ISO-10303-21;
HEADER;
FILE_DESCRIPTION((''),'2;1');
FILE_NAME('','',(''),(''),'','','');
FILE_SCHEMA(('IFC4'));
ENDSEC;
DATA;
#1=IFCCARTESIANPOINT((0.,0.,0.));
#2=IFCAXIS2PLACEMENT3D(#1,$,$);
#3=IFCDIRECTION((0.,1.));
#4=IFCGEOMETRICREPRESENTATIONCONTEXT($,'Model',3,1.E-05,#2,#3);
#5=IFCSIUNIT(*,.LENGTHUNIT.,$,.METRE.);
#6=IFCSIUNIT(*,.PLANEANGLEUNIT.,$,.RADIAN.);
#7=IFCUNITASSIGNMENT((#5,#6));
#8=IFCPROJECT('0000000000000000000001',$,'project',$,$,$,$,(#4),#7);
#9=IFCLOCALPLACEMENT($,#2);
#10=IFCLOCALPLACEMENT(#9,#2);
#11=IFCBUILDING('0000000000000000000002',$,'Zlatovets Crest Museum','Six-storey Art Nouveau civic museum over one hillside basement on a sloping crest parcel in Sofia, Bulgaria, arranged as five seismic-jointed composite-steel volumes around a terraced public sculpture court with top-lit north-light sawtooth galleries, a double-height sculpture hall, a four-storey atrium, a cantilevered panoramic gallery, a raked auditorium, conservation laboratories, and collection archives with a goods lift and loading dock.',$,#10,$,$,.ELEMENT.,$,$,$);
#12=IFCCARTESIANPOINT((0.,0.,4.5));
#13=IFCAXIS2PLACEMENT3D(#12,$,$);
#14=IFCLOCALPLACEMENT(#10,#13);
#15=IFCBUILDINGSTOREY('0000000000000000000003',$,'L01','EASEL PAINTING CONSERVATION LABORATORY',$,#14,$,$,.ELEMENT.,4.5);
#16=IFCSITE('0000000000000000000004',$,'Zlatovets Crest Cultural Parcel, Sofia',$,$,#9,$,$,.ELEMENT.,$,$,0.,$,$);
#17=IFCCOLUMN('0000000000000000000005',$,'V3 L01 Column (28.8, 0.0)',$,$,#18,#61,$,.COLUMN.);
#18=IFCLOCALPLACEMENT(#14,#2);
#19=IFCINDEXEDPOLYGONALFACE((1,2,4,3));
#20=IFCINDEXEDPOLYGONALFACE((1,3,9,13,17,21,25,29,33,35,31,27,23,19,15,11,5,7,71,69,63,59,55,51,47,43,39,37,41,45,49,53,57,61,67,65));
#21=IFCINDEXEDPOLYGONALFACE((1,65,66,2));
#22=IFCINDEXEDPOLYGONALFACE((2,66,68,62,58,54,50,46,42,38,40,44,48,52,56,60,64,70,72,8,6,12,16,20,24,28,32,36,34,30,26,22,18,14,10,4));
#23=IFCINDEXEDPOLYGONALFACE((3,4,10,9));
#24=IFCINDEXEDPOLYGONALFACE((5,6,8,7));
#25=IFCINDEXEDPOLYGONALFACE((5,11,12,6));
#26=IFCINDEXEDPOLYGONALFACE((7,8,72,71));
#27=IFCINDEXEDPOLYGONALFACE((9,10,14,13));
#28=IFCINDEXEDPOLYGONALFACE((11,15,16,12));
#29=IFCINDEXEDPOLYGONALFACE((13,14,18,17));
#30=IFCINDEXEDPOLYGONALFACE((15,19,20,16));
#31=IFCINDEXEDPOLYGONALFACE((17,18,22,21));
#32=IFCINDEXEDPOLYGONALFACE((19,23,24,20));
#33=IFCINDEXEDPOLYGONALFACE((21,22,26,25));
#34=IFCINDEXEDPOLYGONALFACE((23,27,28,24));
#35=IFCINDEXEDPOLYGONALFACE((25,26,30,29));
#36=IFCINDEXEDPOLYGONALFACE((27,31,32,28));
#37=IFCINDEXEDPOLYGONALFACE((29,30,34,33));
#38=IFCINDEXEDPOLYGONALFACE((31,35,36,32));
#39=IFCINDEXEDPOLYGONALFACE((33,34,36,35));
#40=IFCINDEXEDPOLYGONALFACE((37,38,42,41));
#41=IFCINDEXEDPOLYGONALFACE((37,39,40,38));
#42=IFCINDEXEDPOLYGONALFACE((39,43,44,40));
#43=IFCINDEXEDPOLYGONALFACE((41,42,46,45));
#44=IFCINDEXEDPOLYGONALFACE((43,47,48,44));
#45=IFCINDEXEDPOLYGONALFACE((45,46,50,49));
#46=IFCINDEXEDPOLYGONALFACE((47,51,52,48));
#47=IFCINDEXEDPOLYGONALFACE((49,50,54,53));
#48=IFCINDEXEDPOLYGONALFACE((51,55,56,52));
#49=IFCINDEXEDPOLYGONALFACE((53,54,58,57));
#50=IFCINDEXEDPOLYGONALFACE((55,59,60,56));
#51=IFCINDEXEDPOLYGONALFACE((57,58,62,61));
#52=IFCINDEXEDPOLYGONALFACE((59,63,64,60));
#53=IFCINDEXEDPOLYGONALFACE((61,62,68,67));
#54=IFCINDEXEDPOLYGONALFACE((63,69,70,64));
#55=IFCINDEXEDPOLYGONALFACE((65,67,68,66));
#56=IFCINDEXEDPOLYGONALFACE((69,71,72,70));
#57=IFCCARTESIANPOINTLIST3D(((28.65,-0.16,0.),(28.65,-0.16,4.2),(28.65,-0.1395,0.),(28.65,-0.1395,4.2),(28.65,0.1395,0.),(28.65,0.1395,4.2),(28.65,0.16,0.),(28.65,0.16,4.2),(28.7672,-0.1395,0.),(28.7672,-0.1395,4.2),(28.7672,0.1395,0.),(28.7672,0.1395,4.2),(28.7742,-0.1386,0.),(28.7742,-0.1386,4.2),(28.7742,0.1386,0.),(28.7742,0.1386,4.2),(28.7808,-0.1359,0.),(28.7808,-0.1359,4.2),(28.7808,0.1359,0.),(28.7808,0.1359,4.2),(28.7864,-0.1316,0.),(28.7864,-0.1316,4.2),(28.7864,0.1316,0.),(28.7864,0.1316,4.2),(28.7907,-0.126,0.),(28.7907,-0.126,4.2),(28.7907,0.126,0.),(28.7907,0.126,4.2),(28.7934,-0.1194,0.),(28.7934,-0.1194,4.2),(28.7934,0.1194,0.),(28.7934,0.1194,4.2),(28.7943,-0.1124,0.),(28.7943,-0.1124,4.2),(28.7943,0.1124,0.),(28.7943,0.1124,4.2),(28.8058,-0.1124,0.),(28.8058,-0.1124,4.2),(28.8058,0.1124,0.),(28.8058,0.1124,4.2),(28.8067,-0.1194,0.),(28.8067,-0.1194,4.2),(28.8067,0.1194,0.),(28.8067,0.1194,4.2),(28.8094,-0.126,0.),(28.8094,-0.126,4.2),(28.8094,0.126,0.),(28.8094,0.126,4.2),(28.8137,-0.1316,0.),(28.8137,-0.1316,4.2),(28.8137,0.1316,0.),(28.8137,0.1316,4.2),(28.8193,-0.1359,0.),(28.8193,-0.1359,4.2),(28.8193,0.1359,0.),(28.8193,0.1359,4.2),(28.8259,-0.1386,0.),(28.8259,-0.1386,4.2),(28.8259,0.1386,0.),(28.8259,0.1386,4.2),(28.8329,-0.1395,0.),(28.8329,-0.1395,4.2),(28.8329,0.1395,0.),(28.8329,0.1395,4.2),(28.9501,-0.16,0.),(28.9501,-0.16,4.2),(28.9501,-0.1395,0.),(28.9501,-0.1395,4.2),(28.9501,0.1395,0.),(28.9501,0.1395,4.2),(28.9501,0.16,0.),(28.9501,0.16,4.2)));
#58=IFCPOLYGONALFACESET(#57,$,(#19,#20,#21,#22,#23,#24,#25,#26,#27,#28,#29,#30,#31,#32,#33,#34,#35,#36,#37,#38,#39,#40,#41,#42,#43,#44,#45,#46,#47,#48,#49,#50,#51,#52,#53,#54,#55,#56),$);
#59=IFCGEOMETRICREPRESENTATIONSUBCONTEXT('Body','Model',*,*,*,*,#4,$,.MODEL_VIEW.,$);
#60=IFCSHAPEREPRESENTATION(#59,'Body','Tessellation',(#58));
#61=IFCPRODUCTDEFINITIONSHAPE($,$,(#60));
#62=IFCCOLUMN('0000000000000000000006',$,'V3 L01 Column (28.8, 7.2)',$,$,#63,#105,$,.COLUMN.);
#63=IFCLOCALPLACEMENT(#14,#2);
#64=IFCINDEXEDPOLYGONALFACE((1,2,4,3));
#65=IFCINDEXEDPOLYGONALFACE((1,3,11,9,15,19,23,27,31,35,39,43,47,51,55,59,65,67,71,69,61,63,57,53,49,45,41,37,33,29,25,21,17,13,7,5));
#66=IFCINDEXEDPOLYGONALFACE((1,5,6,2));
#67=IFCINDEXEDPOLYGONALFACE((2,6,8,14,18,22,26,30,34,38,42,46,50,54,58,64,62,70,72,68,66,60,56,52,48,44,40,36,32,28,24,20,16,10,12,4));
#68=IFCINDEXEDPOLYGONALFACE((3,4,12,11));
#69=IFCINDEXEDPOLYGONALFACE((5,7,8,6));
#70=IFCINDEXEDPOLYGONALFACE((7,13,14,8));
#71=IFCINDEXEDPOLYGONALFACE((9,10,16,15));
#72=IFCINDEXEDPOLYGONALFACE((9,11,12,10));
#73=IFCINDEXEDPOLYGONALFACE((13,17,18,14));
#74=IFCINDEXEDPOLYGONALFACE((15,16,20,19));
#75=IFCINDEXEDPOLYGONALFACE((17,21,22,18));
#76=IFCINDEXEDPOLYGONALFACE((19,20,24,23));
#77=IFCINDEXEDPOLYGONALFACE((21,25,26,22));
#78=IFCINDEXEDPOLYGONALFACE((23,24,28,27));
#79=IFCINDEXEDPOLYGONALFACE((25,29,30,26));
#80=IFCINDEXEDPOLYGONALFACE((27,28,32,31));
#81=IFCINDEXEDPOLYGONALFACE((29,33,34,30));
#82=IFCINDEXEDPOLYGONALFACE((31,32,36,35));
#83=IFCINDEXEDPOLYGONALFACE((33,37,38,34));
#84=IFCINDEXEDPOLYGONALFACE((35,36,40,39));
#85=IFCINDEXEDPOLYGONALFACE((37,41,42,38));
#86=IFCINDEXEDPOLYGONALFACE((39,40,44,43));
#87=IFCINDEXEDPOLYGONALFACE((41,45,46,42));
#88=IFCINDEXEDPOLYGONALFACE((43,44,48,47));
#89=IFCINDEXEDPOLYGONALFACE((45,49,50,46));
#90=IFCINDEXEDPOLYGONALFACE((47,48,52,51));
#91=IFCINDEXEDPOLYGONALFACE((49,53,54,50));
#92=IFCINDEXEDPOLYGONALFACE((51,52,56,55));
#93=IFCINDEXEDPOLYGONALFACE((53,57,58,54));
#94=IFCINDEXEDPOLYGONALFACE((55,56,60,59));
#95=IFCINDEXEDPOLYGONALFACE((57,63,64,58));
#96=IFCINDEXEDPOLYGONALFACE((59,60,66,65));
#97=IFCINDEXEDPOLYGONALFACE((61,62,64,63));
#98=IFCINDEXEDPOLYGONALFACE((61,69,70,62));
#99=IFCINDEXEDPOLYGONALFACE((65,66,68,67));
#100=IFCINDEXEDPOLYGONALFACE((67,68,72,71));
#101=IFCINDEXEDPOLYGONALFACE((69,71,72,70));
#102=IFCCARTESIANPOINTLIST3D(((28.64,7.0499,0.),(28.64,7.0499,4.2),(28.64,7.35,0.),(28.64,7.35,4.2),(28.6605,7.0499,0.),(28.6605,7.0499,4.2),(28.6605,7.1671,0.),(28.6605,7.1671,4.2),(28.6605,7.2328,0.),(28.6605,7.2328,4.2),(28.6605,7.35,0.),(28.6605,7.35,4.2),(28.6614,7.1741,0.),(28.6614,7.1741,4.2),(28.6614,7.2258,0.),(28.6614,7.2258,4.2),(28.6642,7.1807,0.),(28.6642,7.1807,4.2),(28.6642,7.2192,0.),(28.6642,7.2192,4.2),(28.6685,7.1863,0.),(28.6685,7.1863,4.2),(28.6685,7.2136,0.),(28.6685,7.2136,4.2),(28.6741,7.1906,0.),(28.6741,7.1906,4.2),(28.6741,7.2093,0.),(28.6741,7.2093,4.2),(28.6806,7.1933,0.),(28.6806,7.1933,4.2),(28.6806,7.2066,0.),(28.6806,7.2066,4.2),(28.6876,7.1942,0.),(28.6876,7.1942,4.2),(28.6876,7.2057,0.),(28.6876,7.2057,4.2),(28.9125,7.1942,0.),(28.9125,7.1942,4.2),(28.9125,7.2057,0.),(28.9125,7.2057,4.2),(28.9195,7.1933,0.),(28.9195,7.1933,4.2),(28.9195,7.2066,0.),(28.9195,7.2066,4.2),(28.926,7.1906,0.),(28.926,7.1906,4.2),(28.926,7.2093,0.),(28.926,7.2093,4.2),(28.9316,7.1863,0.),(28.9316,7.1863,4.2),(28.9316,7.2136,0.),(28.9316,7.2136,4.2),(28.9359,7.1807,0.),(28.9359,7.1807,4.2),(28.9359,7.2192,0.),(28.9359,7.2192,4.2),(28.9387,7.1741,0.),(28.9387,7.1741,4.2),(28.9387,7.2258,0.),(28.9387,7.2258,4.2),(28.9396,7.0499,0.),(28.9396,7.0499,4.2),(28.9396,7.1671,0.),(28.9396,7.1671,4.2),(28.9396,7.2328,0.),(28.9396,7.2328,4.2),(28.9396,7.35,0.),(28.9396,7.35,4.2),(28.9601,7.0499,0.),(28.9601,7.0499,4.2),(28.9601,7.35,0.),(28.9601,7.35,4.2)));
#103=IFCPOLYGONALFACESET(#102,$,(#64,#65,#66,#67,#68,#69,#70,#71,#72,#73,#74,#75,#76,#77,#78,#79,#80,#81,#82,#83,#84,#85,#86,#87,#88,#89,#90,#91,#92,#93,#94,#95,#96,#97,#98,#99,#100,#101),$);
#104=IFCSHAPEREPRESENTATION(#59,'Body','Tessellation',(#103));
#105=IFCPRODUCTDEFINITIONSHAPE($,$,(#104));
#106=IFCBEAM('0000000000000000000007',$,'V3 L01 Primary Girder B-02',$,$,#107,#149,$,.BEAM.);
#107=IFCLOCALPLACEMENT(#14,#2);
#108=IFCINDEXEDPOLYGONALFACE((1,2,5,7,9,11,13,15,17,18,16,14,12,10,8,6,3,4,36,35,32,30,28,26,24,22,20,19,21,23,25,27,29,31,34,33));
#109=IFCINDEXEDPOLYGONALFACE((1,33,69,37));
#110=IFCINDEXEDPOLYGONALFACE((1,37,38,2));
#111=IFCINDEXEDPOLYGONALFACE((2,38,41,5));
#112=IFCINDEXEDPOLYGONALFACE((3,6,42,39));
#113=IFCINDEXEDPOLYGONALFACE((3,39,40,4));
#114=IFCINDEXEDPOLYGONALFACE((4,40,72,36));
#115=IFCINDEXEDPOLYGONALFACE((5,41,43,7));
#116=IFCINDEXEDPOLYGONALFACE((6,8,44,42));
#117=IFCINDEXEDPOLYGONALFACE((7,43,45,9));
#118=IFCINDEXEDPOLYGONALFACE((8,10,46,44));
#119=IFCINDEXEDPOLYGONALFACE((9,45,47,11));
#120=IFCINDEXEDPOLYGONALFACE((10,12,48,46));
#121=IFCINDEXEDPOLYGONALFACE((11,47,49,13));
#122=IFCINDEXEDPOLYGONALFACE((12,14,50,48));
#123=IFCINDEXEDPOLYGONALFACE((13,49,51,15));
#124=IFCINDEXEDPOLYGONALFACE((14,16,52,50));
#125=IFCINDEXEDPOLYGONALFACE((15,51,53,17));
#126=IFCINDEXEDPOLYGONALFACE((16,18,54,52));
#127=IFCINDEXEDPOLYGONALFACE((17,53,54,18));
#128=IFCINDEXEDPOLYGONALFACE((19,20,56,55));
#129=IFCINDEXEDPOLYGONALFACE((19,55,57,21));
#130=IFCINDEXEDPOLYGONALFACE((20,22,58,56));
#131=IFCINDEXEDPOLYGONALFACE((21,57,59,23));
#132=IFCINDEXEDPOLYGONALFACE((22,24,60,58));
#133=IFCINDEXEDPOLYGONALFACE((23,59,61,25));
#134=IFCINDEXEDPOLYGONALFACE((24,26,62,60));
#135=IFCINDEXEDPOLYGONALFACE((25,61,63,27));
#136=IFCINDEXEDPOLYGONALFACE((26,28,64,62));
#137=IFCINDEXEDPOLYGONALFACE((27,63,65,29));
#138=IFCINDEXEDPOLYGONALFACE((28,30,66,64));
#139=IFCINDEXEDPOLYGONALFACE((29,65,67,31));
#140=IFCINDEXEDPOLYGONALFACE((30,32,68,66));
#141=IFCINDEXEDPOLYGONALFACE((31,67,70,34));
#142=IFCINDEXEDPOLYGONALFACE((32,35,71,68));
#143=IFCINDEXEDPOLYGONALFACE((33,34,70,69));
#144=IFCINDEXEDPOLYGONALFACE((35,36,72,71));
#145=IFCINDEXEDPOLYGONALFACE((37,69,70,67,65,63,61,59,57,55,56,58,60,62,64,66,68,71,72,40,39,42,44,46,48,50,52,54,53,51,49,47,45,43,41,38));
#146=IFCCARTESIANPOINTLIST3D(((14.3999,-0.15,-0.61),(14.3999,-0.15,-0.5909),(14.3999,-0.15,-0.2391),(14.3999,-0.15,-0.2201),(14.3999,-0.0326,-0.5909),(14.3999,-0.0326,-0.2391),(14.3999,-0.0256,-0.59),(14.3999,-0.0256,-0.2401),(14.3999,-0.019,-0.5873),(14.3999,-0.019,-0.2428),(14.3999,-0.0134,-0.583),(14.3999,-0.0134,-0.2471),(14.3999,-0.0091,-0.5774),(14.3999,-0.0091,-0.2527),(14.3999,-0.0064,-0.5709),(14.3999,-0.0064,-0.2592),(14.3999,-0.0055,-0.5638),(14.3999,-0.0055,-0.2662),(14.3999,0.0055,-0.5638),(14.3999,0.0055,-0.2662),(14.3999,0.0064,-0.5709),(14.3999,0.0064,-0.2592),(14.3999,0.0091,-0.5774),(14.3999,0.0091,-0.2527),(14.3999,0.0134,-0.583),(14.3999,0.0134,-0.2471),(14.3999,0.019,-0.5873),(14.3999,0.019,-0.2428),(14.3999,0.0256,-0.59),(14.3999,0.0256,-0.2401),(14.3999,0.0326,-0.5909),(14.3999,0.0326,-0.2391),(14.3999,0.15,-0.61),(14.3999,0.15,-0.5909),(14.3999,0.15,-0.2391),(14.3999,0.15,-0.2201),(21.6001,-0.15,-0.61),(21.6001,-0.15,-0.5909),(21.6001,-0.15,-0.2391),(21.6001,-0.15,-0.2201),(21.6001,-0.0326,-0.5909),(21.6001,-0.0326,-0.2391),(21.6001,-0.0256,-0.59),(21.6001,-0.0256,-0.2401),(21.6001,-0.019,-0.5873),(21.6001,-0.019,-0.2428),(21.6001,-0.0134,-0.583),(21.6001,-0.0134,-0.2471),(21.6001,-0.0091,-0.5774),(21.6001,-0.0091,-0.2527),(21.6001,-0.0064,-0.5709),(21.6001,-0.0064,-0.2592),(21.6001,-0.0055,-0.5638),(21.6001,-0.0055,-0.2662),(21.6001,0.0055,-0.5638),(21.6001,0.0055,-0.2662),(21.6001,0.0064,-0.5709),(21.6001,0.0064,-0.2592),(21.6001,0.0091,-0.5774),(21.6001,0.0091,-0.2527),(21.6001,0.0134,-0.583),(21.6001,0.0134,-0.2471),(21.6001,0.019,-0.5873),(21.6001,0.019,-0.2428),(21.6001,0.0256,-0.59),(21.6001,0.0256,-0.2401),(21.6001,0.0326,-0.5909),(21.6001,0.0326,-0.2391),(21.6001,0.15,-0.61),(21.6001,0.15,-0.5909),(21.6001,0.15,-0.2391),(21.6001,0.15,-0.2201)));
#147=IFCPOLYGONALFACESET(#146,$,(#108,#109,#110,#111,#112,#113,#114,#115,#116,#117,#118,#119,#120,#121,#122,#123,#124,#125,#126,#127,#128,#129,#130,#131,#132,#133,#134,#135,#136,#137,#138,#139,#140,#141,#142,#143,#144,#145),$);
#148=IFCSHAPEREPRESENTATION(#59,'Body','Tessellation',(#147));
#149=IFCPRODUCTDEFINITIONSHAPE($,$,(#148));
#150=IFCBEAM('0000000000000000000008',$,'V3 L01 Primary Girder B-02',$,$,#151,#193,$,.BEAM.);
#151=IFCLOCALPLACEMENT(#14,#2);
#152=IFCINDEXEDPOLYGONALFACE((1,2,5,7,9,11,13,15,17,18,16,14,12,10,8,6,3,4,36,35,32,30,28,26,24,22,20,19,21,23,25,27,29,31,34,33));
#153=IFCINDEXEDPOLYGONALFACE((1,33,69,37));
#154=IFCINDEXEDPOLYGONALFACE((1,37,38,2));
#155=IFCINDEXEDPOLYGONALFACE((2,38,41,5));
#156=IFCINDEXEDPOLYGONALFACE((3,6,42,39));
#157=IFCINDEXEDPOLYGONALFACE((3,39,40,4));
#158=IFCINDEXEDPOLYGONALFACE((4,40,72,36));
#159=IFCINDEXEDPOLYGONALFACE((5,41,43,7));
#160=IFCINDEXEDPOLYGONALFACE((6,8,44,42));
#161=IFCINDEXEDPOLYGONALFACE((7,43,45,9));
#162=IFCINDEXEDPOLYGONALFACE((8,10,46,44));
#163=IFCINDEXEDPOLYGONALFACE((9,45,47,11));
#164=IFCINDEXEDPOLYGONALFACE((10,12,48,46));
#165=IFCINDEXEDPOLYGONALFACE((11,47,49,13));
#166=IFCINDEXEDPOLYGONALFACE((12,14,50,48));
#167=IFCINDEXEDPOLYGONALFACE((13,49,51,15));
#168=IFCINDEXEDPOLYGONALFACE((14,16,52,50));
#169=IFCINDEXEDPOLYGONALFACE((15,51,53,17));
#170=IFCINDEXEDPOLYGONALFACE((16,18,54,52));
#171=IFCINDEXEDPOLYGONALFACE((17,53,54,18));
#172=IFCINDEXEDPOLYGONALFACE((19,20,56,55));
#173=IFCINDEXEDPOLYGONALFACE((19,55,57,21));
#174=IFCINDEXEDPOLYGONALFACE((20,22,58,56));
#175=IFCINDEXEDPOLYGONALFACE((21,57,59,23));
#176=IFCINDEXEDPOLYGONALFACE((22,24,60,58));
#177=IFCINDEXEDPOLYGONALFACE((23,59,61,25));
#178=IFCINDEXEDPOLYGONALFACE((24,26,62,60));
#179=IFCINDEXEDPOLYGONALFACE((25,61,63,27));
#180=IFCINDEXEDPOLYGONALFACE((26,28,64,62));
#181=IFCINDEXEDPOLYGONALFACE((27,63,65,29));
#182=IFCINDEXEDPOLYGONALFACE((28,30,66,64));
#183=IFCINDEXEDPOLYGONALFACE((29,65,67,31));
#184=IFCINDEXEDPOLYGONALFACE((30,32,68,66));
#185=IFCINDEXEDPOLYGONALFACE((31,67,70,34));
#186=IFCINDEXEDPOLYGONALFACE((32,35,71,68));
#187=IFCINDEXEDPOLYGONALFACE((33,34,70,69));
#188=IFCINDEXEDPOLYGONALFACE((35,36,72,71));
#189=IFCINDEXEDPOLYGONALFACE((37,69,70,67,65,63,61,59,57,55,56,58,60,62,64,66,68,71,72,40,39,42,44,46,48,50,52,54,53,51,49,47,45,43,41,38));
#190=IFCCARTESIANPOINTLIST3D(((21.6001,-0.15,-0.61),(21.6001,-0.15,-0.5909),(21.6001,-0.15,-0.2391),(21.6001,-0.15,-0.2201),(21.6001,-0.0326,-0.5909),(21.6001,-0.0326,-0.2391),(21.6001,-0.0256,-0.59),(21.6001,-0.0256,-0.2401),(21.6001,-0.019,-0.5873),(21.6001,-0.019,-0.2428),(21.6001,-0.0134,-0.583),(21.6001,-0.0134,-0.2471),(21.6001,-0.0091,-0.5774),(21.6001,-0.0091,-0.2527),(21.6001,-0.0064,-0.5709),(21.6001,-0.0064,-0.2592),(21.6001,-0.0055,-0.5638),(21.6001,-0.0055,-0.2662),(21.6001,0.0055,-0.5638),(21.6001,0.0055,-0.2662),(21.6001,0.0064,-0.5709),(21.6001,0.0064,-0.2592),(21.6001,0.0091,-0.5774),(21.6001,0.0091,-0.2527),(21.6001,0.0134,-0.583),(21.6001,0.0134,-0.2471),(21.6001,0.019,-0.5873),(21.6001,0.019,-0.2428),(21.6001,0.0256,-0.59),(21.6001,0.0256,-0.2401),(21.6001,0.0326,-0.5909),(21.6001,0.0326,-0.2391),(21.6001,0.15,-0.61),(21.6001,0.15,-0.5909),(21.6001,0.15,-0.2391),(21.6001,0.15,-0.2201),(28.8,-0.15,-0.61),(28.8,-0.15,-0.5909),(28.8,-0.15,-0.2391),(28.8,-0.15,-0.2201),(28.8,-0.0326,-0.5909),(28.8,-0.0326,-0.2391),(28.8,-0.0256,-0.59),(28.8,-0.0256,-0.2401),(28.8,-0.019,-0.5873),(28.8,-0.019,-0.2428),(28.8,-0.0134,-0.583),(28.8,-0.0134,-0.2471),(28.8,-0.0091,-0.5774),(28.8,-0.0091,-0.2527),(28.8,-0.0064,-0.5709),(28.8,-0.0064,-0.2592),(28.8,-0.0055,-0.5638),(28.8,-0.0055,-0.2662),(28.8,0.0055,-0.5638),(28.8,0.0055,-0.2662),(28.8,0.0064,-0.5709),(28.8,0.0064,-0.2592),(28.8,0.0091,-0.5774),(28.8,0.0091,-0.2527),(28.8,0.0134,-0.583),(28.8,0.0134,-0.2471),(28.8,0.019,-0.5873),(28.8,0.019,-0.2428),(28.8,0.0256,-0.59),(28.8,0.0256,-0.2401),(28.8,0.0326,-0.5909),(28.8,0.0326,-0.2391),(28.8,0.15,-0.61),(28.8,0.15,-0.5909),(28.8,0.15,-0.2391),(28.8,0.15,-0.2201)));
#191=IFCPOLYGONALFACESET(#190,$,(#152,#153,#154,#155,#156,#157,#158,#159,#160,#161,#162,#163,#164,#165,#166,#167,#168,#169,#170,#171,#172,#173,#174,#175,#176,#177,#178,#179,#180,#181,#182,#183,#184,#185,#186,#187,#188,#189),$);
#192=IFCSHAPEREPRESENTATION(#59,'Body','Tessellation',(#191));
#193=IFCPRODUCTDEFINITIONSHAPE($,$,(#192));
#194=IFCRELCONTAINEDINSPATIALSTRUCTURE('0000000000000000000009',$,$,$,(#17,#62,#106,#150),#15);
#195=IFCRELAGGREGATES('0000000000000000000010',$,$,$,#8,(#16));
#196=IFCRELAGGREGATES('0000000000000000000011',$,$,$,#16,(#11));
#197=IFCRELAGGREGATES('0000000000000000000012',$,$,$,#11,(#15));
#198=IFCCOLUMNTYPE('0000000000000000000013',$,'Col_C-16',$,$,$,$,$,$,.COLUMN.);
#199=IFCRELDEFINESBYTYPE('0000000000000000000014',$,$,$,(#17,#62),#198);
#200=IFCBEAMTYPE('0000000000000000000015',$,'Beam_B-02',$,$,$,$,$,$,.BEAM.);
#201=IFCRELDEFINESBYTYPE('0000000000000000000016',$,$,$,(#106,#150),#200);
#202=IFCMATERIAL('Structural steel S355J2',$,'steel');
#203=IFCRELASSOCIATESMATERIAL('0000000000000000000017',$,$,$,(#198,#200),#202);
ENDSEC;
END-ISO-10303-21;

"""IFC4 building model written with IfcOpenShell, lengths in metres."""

from ifc_helpers import new_model, si_unit, direction, frame, origin, origin_2d, place, context, subcontext, project, spatial, i_section, extrude, material, material_profile, profile_set, type_object, element, save


model = new_model("IFC4")

# Units and contexts
model_context = context("Model", 3, precision=1e-05, world=origin(), true_north=direction((0.0, 1.0)))
body_context = subcontext(model_context, "Body", "Model", "MODEL_VIEW")
ifc_project = project(units=[si_unit("LENGTHUNIT", "METRE"), si_unit("PLANEANGLEUNIT", "RADIAN")], contexts=[model_context])

# Site, building, storey
site_placement = place(None, origin())
site = spatial("IfcSite", under=ifc_project, at=site_placement, Name="Zlatovets Crest Cultural Parcel, Sofia", CompositionType="ELEMENT", RefElevation=0.0)
building_placement = place(site_placement, origin())
building = spatial("IfcBuilding", under=site, at=building_placement, Name="Zlatovets Crest Museum", Description="Six-storey Art Nouveau civic museum over one hillside basement on a sloping crest parcel in Sofia, Bulgaria, arranged as five seismic-jointed composite-steel volumes around a terraced public sculpture court with top-lit north-light sawtooth galleries, a double-height sculpture hall, a four-storey atrium, a cantilevered panoramic gallery, a raked auditorium, conservation laboratories, and collection archives with a goods lift and loading dock.", CompositionType="ELEMENT")
storey_placement = place(building_placement, frame((0.0, 0.0, 4.5)))
storey = spatial("IfcBuildingStorey", under=building, at=storey_placement, Name="L01", Description="EASEL PAINTING CONSERVATION LABORATORY", CompositionType="ELEMENT", Elevation=4.5)

# Columns
ifc_material_1 = material(Name="Structural steel S355J2", Category="steel")
ifc_material_profile_1 = material_profile(ifc_material_1, i_section(OverallWidth=0.3, OverallDepth=0.3201, WebThickness=0.0115, FlangeThickness=0.0205, FilletRadius=0.0271, at=origin_2d()), Name="HEB 320")
ifc_profile_set_1 = profile_set([ifc_material_profile_1], Name="Structural steel S355J2")
column_type = type_object("IfcColumnType", Name="Col_C-16", PredefinedType="COLUMN", material=ifc_profile_set_1)
for number, where, z_axis, x_axis, name in (
    (1, (28.8, 0.0, 0.0), (0.0, 0.0, 1.0), (1.0, 0.0, 0.0), "V3 L01 Column (28.8, 0.0)"),
    (2, (28.8, 7.2, 0.0), (0.0, 0.0, 1.0), (0.0, 1.0, 0.0), "V3 L01 Column (28.8, 7.2)"),
):
    element("IfcColumn", number, at=place(storey_placement, frame(where, z_axis=z_axis, x_axis=x_axis)), inside=storey, type_object=column_type, Name=name, PredefinedType="COLUMN", context=body_context, shape_type="SweptSolid", body=[
        extrude(i_section(OverallWidth=0.3, OverallDepth=0.3201, WebThickness=0.0115, FlangeThickness=0.0205, FilletRadius=0.0271, at=origin_2d()), origin(), (0.0, 0.0, 1.0), 4.2),
    ])

# Beams
ifc_material_profile_2 = material_profile(ifc_material_1, i_section(OverallWidth=0.3, OverallDepth=0.3899, WebThickness=0.011, FlangeThickness=0.019, FilletRadius=0.0271, at=origin_2d()), Name="HEA 400")
ifc_profile_set_2 = profile_set([ifc_material_profile_2], Name="Structural steel S355J2")
beam_type_1 = type_object("IfcBeamType", Name="Beam_B-02", PredefinedType="BEAM", material=ifc_profile_set_2)
beam_1_placement = place(storey_placement, frame((14.3999, 0.0, -0.415), z_axis=(1.0, 0.0, 0.0), x_axis=(0.0, 1.0, 0.0)))
element("IfcBeam", 3, at=beam_1_placement, inside=storey, type_object=beam_type_1, Name="V3 L01 Primary Girder B-02", PredefinedType="BEAM", context=body_context, shape_type="SweptSolid", body=[
    extrude(i_section(OverallWidth=0.3, OverallDepth=0.3899, WebThickness=0.011, FlangeThickness=0.019, FilletRadius=0.0271, at=origin_2d()), origin(), (0.0, 0.0, 1.0), 7.2002),
])
for number, where, z_axis, x_axis, name in (
    (4, (21.6001, 0.0, -0.415), (1.0, 0.0, 0.0), (0.0, 1.0, 0.0), "V3 L01 Primary Girder B-02"),
):
    element("IfcBeam", number, at=place(storey_placement, frame(where, z_axis=z_axis, x_axis=x_axis)), inside=storey, type_object=beam_type_1, Name=name, PredefinedType="BEAM", context=body_context, shape_type="SweptSolid", body=[
        extrude(i_section(OverallWidth=0.3, OverallDepth=0.3899, WebThickness=0.011, FlangeThickness=0.019, FilletRadius=0.0271, at=origin_2d()), origin(), (0.0, 0.0, 1.0), 7.2),
    ])

save(model, "model.ifc")
